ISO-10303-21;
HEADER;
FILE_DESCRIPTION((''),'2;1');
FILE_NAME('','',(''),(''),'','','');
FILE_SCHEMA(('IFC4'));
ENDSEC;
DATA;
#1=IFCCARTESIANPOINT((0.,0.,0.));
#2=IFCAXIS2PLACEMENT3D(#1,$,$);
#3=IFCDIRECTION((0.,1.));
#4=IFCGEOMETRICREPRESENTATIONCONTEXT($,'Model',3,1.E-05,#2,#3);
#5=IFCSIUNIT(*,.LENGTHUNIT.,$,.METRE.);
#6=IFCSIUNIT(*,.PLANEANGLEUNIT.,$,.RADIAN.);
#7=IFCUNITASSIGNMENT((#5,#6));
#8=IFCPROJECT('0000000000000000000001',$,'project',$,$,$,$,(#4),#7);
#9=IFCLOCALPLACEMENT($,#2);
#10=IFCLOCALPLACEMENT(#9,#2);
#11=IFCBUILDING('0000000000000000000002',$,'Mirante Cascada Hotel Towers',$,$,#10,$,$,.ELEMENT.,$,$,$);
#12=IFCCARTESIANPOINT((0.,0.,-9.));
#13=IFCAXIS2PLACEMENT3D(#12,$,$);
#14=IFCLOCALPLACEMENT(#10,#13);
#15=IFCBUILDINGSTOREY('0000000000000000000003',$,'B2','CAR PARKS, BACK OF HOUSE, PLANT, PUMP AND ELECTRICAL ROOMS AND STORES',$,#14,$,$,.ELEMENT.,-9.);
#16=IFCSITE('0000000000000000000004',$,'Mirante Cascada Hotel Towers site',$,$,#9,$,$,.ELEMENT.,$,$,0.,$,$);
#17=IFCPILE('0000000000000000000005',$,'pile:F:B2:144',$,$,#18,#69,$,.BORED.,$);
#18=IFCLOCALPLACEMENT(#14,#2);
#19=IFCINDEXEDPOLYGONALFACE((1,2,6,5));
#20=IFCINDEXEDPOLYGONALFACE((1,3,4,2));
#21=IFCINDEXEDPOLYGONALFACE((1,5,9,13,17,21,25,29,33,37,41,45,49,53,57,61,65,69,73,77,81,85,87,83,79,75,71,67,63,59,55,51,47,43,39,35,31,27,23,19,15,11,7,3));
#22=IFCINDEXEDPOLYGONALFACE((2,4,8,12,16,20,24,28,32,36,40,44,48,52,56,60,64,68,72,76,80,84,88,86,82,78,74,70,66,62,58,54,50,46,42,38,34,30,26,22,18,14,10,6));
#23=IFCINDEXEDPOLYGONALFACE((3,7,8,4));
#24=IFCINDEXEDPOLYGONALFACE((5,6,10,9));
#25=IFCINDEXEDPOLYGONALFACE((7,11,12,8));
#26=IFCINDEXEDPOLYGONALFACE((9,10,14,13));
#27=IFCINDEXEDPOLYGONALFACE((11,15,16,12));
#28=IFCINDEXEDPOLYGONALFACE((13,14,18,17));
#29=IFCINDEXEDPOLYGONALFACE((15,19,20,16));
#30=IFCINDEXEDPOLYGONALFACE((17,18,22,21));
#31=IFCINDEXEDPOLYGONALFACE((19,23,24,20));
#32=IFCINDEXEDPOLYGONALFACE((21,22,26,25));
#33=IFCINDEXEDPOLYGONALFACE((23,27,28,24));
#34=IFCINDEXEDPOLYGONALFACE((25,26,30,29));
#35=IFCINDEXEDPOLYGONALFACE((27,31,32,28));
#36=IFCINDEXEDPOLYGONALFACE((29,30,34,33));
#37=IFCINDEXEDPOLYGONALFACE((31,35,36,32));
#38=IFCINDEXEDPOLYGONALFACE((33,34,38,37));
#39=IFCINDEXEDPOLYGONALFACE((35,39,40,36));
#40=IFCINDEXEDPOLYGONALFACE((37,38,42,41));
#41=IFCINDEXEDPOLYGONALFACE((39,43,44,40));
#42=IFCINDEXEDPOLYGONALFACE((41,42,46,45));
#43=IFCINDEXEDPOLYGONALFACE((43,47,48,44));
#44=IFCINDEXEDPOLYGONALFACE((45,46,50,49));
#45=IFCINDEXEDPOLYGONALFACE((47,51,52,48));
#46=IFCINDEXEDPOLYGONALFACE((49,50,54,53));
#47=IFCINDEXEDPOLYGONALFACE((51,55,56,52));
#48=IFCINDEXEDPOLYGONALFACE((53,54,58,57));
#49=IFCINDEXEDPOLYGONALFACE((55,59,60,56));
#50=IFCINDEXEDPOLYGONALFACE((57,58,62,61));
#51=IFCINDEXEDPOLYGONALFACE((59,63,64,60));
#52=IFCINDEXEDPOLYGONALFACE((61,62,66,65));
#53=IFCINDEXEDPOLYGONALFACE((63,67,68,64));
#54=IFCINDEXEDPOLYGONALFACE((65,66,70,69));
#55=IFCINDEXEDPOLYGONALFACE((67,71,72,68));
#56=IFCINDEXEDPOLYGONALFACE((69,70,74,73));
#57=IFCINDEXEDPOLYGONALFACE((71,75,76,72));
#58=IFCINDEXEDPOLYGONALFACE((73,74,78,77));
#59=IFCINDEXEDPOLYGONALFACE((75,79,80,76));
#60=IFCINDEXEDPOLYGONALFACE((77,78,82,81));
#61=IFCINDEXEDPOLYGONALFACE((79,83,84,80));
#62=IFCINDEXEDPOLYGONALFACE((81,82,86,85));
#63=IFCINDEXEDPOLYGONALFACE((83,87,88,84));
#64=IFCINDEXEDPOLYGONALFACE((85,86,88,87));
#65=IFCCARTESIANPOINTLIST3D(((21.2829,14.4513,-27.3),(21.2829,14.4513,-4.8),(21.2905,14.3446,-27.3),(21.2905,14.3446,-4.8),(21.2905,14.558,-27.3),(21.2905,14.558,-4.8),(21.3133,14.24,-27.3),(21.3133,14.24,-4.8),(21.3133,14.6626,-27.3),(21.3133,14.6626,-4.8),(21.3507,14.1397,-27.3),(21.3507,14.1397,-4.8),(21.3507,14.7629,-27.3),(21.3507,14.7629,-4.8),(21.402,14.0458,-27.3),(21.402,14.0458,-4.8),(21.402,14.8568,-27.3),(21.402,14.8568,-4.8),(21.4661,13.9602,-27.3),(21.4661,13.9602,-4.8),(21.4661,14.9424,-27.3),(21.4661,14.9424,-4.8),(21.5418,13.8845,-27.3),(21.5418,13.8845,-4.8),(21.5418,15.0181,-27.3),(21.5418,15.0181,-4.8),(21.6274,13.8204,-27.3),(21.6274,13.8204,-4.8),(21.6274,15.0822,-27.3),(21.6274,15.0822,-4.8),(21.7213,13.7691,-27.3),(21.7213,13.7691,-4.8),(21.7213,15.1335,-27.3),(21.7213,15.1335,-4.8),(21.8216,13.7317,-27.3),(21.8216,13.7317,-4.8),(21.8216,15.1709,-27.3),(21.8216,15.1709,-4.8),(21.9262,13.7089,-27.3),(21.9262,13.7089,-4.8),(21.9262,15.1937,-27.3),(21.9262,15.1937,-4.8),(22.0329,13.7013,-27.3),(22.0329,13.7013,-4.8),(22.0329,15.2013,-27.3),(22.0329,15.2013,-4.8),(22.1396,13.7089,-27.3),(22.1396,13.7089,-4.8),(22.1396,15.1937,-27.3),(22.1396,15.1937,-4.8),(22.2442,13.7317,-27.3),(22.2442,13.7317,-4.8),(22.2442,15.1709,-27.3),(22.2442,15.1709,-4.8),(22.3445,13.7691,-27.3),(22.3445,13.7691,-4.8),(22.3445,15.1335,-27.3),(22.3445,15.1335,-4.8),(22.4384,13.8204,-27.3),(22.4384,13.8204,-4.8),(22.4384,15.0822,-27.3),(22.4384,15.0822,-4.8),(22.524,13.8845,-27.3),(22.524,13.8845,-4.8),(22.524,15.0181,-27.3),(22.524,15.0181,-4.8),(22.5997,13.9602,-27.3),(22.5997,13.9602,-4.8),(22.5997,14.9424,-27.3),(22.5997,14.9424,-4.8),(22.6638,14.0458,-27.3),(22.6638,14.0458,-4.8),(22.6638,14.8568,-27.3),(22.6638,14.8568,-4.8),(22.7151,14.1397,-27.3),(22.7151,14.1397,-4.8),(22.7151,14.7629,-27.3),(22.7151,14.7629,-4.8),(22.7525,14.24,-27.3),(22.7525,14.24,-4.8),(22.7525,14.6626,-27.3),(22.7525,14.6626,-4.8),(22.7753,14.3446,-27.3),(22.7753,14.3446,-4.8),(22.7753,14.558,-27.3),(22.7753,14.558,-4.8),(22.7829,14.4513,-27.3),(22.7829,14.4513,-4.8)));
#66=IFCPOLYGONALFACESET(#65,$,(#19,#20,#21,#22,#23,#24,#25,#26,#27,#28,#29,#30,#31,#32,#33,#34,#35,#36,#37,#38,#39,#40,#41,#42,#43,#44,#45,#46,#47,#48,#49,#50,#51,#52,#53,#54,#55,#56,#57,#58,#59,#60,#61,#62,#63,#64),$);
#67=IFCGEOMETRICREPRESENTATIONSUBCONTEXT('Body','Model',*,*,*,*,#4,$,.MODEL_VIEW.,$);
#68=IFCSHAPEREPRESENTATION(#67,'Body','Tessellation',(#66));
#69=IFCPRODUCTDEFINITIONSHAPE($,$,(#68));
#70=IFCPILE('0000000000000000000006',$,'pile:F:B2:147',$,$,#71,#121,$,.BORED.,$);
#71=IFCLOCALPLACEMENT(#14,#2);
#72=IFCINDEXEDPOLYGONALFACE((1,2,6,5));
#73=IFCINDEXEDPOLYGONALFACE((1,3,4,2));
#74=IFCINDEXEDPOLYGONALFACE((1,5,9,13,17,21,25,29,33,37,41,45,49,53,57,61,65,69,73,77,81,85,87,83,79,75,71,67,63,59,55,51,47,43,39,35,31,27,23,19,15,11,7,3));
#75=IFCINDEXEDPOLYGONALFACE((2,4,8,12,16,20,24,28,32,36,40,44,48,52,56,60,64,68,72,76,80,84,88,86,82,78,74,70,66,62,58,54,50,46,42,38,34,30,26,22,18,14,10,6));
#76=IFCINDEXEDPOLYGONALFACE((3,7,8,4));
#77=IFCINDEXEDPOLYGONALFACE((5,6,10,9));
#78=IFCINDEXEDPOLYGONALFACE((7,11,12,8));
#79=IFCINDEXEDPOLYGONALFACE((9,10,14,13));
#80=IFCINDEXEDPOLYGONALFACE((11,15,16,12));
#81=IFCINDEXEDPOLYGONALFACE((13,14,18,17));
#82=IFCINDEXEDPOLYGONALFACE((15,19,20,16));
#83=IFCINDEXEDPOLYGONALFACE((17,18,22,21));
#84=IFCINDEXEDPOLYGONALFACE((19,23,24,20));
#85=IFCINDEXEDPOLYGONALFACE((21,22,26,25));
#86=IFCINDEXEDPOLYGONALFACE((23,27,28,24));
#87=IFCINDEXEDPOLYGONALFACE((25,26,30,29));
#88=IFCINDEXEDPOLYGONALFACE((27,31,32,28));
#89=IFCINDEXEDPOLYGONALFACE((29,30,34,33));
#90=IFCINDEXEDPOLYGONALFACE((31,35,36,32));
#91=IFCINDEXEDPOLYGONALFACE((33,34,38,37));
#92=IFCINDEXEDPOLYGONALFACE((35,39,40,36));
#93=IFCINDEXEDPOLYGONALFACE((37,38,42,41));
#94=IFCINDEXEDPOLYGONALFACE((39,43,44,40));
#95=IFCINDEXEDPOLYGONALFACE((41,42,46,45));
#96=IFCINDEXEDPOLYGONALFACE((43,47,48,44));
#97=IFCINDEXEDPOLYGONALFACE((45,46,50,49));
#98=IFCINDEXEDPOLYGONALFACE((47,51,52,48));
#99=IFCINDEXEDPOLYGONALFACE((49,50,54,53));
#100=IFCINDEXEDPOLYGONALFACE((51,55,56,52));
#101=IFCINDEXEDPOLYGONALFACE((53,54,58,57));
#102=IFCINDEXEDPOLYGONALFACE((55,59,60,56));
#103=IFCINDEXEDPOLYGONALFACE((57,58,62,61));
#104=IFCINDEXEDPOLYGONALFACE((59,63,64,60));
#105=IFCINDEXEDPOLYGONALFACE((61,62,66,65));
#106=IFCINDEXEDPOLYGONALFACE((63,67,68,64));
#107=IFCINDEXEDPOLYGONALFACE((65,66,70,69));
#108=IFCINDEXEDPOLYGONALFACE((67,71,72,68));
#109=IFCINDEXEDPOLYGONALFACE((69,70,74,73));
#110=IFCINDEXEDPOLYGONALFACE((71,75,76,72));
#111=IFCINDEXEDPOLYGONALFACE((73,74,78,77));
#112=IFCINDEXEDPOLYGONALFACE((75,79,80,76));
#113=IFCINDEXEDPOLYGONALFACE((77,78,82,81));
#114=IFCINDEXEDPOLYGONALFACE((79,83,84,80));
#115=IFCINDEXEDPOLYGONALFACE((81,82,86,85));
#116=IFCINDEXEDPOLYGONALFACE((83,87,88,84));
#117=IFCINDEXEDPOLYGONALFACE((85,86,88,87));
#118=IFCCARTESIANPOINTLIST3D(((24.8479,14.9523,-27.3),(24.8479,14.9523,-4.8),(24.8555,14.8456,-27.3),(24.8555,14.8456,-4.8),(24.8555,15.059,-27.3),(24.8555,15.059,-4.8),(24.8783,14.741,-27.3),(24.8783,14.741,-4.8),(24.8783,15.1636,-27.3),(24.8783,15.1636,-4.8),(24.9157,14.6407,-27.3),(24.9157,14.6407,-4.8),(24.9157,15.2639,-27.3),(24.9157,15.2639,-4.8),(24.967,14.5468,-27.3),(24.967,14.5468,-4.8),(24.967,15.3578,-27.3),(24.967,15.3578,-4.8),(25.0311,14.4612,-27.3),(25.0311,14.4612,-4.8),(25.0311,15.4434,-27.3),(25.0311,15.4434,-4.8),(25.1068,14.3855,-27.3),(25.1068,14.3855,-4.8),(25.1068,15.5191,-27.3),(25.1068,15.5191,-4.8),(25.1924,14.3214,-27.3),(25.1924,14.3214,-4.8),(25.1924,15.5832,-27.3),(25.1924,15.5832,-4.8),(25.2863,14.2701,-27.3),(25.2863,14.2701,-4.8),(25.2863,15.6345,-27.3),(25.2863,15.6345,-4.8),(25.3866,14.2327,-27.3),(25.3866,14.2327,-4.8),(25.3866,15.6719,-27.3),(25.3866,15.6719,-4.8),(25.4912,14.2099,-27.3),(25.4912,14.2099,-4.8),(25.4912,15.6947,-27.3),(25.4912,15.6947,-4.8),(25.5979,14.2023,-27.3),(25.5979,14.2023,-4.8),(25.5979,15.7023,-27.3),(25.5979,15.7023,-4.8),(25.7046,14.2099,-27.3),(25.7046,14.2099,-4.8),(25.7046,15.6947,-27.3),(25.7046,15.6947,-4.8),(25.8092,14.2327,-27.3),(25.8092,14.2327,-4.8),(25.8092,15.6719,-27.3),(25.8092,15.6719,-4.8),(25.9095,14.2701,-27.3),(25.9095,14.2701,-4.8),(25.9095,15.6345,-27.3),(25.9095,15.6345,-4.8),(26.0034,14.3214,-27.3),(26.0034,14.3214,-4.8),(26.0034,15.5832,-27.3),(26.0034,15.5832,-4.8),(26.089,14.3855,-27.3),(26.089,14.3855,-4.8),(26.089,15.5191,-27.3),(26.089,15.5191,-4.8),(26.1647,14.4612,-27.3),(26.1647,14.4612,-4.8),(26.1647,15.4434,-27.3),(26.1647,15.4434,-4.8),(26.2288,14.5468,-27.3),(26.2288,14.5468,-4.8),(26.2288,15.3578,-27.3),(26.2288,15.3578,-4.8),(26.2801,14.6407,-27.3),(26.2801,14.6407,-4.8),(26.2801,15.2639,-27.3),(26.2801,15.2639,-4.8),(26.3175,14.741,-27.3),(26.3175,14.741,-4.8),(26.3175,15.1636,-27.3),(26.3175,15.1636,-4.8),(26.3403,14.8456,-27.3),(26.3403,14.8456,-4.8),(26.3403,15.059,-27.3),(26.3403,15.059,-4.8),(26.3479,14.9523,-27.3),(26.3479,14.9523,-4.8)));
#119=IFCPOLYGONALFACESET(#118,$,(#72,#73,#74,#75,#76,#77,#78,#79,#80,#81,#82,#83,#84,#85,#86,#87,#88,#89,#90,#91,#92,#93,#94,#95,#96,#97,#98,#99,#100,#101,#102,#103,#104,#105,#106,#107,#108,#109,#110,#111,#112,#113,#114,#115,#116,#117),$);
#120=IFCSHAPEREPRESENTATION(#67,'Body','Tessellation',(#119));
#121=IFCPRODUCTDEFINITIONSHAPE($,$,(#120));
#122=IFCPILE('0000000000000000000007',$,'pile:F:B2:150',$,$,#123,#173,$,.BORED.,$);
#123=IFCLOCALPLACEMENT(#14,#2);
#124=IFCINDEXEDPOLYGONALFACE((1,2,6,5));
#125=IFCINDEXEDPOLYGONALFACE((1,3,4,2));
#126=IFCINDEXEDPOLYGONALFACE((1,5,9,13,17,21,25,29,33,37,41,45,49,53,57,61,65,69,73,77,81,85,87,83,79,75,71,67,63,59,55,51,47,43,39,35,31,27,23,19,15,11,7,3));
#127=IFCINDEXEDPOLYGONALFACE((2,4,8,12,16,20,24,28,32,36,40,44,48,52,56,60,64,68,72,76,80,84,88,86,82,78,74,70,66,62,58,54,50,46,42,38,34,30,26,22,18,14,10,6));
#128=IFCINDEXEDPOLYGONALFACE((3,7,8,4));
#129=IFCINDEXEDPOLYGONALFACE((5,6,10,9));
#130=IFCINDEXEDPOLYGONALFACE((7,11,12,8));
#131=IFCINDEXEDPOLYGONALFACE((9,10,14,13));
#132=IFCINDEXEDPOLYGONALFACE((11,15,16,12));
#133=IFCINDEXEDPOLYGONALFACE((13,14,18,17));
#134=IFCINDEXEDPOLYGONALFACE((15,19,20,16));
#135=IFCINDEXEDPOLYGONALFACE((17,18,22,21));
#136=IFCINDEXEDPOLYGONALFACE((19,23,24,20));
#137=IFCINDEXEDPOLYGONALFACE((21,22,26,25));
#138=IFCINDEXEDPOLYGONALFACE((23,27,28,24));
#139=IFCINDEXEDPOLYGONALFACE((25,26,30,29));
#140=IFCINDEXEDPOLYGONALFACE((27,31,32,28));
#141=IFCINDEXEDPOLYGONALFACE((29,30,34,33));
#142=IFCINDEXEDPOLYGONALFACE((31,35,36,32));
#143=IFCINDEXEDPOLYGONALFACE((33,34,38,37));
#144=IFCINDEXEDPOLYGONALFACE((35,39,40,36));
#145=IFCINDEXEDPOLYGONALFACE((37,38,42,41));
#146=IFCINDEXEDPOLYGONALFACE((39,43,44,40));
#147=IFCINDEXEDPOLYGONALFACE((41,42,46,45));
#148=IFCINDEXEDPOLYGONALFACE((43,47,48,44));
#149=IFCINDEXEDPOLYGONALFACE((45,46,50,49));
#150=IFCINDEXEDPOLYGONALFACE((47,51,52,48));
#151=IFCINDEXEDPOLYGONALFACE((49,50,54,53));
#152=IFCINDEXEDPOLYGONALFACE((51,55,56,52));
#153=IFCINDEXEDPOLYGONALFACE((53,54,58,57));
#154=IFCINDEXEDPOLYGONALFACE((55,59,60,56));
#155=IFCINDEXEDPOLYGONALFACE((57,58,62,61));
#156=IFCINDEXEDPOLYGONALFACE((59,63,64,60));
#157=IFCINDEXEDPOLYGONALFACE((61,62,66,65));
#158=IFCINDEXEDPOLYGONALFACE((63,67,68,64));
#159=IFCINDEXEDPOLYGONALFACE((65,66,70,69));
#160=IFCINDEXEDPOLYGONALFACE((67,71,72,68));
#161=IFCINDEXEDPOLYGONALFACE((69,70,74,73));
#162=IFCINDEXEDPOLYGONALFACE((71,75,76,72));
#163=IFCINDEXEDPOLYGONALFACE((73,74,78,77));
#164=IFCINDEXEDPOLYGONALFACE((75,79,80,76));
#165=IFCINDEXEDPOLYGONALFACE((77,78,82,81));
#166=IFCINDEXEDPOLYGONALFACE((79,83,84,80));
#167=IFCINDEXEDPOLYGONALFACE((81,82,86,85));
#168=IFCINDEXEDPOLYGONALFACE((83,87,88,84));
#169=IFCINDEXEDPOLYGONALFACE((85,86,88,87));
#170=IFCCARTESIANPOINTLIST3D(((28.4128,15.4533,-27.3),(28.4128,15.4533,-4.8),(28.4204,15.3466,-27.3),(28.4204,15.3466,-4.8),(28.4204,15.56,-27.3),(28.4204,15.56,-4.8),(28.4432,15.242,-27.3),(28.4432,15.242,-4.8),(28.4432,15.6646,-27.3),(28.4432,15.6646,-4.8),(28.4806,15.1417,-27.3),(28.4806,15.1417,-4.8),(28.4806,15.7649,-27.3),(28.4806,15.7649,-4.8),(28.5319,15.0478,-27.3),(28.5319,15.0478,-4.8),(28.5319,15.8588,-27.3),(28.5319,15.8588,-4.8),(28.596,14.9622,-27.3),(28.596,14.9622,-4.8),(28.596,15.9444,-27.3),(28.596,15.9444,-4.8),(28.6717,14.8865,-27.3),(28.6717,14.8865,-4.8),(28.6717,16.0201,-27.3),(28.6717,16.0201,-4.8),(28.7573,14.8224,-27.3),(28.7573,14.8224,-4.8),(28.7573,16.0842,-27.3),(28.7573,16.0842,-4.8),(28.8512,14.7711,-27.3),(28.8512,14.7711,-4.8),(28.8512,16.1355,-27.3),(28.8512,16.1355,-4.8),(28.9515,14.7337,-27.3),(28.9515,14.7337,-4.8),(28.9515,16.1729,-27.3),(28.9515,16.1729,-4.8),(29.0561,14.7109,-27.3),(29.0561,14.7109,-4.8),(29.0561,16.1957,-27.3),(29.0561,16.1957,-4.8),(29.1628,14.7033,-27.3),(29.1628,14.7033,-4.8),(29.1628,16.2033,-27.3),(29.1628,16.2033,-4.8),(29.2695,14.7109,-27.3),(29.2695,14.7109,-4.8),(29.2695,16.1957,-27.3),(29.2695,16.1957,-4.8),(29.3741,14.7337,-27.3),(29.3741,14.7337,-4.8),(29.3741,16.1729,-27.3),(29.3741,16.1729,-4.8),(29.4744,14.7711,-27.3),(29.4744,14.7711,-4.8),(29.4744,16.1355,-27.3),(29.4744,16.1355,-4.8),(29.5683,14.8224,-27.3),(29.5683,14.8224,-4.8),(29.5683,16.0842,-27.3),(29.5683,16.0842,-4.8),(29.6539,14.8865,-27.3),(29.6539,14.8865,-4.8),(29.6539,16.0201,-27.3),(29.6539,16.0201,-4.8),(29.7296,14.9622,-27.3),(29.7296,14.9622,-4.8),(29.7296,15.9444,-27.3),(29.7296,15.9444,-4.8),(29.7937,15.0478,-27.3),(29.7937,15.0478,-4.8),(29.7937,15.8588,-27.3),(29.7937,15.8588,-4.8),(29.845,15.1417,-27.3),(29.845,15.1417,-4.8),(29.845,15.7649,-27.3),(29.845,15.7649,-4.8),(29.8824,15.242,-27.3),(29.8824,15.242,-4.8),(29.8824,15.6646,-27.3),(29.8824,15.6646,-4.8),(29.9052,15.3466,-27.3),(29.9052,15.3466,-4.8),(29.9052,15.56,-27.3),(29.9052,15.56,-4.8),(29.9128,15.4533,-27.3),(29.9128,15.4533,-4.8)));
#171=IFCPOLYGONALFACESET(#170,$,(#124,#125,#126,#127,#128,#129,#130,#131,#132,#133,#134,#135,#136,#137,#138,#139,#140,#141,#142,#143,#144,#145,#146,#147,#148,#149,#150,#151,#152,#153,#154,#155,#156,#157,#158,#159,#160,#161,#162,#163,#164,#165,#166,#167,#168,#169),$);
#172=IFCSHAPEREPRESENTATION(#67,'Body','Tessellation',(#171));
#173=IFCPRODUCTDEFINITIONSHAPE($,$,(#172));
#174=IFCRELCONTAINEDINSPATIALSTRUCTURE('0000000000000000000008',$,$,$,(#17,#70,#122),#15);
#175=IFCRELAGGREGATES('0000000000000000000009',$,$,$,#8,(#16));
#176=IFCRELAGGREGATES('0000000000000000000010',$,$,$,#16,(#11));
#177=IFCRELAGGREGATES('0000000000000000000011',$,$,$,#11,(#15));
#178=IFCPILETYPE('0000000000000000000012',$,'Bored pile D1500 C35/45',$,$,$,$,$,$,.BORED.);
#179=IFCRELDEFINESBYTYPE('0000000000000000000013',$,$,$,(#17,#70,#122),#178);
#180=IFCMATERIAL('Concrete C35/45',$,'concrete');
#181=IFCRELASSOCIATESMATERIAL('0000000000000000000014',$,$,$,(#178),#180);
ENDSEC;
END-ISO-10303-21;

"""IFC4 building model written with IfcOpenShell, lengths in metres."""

from ifc_helpers import new_model, si_unit, direction, frame, origin, origin_2d, place, context, subcontext, project, spatial, circle, extrude, material, material_profile, profile_set, type_object, element, save


model = new_model("IFC4")

# Units and contexts
model_context = context("Model", 3, precision=1e-05, world=origin(), true_north=direction((0.0, 1.0)))
body_context = subcontext(model_context, "Body", "Model", "MODEL_VIEW")
ifc_project = project(units=[si_unit("LENGTHUNIT", "METRE"), si_unit("PLANEANGLEUNIT", "RADIAN")], contexts=[model_context])

# Site, building, storey
site_placement = place(None, origin())
site = spatial("IfcSite", under=ifc_project, at=site_placement, Name="Mirante Cascada Hotel Towers site", CompositionType="ELEMENT", RefElevation=0.0)
building_placement = place(site_placement, origin())
building = spatial("IfcBuilding", under=site, at=building_placement, Name="Mirante Cascada Hotel Towers", CompositionType="ELEMENT")
storey_placement = place(building_placement, frame((0.0, 0.0, -9.0)))
storey = spatial("IfcBuildingStorey", under=building, at=storey_placement, Name="B2", Description="CAR PARKS, BACK OF HOUSE, PLANT, PUMP AND ELECTRICAL ROOMS AND STORES", CompositionType="ELEMENT", Elevation=-9.0)

# Piles
ifc_material_1 = material(Name="Concrete C35/45", Category="concrete")
ifc_material_profile_1 = material_profile(ifc_material_1, circle(Radius=0.75, at=origin_2d()), Name="RC D1500")
ifc_profile_set_1 = profile_set([ifc_material_profile_1], Name="Concrete C35/45")
pile_type = type_object("IfcPileType", Name="Bored pile D1500 C35/45", PredefinedType="BORED", material=ifc_profile_set_1)
for number, where, z_axis, x_axis, name in (
    (1, (22.0329, 14.4513, -4.8), (0.0, 0.0, -1.0), (1.0, 0.0, 0.0), "pile:F:B2:144"),
    (2, (25.5979, 14.9523, -4.8), (0.0, 0.0, -1.0), (1.0, 0.0, 0.0), "pile:F:B2:147"),
    (3, (29.1628, 15.4533, -4.8), (0.0, 0.0, -1.0), (1.0, 0.0, 0.0), "pile:F:B2:150"),
):
    element("IfcPile", number, at=place(storey_placement, frame(where, z_axis=z_axis, x_axis=x_axis)), inside=storey, type_object=pile_type, Name=name, PredefinedType="BORED", context=body_context, shape_type="SweptSolid", body=[
        extrude(circle(Radius=0.75, at=origin_2d()), origin(), (0.0, 0.0, 1.0), 22.5),
    ])

save(model, "model.ifc")
